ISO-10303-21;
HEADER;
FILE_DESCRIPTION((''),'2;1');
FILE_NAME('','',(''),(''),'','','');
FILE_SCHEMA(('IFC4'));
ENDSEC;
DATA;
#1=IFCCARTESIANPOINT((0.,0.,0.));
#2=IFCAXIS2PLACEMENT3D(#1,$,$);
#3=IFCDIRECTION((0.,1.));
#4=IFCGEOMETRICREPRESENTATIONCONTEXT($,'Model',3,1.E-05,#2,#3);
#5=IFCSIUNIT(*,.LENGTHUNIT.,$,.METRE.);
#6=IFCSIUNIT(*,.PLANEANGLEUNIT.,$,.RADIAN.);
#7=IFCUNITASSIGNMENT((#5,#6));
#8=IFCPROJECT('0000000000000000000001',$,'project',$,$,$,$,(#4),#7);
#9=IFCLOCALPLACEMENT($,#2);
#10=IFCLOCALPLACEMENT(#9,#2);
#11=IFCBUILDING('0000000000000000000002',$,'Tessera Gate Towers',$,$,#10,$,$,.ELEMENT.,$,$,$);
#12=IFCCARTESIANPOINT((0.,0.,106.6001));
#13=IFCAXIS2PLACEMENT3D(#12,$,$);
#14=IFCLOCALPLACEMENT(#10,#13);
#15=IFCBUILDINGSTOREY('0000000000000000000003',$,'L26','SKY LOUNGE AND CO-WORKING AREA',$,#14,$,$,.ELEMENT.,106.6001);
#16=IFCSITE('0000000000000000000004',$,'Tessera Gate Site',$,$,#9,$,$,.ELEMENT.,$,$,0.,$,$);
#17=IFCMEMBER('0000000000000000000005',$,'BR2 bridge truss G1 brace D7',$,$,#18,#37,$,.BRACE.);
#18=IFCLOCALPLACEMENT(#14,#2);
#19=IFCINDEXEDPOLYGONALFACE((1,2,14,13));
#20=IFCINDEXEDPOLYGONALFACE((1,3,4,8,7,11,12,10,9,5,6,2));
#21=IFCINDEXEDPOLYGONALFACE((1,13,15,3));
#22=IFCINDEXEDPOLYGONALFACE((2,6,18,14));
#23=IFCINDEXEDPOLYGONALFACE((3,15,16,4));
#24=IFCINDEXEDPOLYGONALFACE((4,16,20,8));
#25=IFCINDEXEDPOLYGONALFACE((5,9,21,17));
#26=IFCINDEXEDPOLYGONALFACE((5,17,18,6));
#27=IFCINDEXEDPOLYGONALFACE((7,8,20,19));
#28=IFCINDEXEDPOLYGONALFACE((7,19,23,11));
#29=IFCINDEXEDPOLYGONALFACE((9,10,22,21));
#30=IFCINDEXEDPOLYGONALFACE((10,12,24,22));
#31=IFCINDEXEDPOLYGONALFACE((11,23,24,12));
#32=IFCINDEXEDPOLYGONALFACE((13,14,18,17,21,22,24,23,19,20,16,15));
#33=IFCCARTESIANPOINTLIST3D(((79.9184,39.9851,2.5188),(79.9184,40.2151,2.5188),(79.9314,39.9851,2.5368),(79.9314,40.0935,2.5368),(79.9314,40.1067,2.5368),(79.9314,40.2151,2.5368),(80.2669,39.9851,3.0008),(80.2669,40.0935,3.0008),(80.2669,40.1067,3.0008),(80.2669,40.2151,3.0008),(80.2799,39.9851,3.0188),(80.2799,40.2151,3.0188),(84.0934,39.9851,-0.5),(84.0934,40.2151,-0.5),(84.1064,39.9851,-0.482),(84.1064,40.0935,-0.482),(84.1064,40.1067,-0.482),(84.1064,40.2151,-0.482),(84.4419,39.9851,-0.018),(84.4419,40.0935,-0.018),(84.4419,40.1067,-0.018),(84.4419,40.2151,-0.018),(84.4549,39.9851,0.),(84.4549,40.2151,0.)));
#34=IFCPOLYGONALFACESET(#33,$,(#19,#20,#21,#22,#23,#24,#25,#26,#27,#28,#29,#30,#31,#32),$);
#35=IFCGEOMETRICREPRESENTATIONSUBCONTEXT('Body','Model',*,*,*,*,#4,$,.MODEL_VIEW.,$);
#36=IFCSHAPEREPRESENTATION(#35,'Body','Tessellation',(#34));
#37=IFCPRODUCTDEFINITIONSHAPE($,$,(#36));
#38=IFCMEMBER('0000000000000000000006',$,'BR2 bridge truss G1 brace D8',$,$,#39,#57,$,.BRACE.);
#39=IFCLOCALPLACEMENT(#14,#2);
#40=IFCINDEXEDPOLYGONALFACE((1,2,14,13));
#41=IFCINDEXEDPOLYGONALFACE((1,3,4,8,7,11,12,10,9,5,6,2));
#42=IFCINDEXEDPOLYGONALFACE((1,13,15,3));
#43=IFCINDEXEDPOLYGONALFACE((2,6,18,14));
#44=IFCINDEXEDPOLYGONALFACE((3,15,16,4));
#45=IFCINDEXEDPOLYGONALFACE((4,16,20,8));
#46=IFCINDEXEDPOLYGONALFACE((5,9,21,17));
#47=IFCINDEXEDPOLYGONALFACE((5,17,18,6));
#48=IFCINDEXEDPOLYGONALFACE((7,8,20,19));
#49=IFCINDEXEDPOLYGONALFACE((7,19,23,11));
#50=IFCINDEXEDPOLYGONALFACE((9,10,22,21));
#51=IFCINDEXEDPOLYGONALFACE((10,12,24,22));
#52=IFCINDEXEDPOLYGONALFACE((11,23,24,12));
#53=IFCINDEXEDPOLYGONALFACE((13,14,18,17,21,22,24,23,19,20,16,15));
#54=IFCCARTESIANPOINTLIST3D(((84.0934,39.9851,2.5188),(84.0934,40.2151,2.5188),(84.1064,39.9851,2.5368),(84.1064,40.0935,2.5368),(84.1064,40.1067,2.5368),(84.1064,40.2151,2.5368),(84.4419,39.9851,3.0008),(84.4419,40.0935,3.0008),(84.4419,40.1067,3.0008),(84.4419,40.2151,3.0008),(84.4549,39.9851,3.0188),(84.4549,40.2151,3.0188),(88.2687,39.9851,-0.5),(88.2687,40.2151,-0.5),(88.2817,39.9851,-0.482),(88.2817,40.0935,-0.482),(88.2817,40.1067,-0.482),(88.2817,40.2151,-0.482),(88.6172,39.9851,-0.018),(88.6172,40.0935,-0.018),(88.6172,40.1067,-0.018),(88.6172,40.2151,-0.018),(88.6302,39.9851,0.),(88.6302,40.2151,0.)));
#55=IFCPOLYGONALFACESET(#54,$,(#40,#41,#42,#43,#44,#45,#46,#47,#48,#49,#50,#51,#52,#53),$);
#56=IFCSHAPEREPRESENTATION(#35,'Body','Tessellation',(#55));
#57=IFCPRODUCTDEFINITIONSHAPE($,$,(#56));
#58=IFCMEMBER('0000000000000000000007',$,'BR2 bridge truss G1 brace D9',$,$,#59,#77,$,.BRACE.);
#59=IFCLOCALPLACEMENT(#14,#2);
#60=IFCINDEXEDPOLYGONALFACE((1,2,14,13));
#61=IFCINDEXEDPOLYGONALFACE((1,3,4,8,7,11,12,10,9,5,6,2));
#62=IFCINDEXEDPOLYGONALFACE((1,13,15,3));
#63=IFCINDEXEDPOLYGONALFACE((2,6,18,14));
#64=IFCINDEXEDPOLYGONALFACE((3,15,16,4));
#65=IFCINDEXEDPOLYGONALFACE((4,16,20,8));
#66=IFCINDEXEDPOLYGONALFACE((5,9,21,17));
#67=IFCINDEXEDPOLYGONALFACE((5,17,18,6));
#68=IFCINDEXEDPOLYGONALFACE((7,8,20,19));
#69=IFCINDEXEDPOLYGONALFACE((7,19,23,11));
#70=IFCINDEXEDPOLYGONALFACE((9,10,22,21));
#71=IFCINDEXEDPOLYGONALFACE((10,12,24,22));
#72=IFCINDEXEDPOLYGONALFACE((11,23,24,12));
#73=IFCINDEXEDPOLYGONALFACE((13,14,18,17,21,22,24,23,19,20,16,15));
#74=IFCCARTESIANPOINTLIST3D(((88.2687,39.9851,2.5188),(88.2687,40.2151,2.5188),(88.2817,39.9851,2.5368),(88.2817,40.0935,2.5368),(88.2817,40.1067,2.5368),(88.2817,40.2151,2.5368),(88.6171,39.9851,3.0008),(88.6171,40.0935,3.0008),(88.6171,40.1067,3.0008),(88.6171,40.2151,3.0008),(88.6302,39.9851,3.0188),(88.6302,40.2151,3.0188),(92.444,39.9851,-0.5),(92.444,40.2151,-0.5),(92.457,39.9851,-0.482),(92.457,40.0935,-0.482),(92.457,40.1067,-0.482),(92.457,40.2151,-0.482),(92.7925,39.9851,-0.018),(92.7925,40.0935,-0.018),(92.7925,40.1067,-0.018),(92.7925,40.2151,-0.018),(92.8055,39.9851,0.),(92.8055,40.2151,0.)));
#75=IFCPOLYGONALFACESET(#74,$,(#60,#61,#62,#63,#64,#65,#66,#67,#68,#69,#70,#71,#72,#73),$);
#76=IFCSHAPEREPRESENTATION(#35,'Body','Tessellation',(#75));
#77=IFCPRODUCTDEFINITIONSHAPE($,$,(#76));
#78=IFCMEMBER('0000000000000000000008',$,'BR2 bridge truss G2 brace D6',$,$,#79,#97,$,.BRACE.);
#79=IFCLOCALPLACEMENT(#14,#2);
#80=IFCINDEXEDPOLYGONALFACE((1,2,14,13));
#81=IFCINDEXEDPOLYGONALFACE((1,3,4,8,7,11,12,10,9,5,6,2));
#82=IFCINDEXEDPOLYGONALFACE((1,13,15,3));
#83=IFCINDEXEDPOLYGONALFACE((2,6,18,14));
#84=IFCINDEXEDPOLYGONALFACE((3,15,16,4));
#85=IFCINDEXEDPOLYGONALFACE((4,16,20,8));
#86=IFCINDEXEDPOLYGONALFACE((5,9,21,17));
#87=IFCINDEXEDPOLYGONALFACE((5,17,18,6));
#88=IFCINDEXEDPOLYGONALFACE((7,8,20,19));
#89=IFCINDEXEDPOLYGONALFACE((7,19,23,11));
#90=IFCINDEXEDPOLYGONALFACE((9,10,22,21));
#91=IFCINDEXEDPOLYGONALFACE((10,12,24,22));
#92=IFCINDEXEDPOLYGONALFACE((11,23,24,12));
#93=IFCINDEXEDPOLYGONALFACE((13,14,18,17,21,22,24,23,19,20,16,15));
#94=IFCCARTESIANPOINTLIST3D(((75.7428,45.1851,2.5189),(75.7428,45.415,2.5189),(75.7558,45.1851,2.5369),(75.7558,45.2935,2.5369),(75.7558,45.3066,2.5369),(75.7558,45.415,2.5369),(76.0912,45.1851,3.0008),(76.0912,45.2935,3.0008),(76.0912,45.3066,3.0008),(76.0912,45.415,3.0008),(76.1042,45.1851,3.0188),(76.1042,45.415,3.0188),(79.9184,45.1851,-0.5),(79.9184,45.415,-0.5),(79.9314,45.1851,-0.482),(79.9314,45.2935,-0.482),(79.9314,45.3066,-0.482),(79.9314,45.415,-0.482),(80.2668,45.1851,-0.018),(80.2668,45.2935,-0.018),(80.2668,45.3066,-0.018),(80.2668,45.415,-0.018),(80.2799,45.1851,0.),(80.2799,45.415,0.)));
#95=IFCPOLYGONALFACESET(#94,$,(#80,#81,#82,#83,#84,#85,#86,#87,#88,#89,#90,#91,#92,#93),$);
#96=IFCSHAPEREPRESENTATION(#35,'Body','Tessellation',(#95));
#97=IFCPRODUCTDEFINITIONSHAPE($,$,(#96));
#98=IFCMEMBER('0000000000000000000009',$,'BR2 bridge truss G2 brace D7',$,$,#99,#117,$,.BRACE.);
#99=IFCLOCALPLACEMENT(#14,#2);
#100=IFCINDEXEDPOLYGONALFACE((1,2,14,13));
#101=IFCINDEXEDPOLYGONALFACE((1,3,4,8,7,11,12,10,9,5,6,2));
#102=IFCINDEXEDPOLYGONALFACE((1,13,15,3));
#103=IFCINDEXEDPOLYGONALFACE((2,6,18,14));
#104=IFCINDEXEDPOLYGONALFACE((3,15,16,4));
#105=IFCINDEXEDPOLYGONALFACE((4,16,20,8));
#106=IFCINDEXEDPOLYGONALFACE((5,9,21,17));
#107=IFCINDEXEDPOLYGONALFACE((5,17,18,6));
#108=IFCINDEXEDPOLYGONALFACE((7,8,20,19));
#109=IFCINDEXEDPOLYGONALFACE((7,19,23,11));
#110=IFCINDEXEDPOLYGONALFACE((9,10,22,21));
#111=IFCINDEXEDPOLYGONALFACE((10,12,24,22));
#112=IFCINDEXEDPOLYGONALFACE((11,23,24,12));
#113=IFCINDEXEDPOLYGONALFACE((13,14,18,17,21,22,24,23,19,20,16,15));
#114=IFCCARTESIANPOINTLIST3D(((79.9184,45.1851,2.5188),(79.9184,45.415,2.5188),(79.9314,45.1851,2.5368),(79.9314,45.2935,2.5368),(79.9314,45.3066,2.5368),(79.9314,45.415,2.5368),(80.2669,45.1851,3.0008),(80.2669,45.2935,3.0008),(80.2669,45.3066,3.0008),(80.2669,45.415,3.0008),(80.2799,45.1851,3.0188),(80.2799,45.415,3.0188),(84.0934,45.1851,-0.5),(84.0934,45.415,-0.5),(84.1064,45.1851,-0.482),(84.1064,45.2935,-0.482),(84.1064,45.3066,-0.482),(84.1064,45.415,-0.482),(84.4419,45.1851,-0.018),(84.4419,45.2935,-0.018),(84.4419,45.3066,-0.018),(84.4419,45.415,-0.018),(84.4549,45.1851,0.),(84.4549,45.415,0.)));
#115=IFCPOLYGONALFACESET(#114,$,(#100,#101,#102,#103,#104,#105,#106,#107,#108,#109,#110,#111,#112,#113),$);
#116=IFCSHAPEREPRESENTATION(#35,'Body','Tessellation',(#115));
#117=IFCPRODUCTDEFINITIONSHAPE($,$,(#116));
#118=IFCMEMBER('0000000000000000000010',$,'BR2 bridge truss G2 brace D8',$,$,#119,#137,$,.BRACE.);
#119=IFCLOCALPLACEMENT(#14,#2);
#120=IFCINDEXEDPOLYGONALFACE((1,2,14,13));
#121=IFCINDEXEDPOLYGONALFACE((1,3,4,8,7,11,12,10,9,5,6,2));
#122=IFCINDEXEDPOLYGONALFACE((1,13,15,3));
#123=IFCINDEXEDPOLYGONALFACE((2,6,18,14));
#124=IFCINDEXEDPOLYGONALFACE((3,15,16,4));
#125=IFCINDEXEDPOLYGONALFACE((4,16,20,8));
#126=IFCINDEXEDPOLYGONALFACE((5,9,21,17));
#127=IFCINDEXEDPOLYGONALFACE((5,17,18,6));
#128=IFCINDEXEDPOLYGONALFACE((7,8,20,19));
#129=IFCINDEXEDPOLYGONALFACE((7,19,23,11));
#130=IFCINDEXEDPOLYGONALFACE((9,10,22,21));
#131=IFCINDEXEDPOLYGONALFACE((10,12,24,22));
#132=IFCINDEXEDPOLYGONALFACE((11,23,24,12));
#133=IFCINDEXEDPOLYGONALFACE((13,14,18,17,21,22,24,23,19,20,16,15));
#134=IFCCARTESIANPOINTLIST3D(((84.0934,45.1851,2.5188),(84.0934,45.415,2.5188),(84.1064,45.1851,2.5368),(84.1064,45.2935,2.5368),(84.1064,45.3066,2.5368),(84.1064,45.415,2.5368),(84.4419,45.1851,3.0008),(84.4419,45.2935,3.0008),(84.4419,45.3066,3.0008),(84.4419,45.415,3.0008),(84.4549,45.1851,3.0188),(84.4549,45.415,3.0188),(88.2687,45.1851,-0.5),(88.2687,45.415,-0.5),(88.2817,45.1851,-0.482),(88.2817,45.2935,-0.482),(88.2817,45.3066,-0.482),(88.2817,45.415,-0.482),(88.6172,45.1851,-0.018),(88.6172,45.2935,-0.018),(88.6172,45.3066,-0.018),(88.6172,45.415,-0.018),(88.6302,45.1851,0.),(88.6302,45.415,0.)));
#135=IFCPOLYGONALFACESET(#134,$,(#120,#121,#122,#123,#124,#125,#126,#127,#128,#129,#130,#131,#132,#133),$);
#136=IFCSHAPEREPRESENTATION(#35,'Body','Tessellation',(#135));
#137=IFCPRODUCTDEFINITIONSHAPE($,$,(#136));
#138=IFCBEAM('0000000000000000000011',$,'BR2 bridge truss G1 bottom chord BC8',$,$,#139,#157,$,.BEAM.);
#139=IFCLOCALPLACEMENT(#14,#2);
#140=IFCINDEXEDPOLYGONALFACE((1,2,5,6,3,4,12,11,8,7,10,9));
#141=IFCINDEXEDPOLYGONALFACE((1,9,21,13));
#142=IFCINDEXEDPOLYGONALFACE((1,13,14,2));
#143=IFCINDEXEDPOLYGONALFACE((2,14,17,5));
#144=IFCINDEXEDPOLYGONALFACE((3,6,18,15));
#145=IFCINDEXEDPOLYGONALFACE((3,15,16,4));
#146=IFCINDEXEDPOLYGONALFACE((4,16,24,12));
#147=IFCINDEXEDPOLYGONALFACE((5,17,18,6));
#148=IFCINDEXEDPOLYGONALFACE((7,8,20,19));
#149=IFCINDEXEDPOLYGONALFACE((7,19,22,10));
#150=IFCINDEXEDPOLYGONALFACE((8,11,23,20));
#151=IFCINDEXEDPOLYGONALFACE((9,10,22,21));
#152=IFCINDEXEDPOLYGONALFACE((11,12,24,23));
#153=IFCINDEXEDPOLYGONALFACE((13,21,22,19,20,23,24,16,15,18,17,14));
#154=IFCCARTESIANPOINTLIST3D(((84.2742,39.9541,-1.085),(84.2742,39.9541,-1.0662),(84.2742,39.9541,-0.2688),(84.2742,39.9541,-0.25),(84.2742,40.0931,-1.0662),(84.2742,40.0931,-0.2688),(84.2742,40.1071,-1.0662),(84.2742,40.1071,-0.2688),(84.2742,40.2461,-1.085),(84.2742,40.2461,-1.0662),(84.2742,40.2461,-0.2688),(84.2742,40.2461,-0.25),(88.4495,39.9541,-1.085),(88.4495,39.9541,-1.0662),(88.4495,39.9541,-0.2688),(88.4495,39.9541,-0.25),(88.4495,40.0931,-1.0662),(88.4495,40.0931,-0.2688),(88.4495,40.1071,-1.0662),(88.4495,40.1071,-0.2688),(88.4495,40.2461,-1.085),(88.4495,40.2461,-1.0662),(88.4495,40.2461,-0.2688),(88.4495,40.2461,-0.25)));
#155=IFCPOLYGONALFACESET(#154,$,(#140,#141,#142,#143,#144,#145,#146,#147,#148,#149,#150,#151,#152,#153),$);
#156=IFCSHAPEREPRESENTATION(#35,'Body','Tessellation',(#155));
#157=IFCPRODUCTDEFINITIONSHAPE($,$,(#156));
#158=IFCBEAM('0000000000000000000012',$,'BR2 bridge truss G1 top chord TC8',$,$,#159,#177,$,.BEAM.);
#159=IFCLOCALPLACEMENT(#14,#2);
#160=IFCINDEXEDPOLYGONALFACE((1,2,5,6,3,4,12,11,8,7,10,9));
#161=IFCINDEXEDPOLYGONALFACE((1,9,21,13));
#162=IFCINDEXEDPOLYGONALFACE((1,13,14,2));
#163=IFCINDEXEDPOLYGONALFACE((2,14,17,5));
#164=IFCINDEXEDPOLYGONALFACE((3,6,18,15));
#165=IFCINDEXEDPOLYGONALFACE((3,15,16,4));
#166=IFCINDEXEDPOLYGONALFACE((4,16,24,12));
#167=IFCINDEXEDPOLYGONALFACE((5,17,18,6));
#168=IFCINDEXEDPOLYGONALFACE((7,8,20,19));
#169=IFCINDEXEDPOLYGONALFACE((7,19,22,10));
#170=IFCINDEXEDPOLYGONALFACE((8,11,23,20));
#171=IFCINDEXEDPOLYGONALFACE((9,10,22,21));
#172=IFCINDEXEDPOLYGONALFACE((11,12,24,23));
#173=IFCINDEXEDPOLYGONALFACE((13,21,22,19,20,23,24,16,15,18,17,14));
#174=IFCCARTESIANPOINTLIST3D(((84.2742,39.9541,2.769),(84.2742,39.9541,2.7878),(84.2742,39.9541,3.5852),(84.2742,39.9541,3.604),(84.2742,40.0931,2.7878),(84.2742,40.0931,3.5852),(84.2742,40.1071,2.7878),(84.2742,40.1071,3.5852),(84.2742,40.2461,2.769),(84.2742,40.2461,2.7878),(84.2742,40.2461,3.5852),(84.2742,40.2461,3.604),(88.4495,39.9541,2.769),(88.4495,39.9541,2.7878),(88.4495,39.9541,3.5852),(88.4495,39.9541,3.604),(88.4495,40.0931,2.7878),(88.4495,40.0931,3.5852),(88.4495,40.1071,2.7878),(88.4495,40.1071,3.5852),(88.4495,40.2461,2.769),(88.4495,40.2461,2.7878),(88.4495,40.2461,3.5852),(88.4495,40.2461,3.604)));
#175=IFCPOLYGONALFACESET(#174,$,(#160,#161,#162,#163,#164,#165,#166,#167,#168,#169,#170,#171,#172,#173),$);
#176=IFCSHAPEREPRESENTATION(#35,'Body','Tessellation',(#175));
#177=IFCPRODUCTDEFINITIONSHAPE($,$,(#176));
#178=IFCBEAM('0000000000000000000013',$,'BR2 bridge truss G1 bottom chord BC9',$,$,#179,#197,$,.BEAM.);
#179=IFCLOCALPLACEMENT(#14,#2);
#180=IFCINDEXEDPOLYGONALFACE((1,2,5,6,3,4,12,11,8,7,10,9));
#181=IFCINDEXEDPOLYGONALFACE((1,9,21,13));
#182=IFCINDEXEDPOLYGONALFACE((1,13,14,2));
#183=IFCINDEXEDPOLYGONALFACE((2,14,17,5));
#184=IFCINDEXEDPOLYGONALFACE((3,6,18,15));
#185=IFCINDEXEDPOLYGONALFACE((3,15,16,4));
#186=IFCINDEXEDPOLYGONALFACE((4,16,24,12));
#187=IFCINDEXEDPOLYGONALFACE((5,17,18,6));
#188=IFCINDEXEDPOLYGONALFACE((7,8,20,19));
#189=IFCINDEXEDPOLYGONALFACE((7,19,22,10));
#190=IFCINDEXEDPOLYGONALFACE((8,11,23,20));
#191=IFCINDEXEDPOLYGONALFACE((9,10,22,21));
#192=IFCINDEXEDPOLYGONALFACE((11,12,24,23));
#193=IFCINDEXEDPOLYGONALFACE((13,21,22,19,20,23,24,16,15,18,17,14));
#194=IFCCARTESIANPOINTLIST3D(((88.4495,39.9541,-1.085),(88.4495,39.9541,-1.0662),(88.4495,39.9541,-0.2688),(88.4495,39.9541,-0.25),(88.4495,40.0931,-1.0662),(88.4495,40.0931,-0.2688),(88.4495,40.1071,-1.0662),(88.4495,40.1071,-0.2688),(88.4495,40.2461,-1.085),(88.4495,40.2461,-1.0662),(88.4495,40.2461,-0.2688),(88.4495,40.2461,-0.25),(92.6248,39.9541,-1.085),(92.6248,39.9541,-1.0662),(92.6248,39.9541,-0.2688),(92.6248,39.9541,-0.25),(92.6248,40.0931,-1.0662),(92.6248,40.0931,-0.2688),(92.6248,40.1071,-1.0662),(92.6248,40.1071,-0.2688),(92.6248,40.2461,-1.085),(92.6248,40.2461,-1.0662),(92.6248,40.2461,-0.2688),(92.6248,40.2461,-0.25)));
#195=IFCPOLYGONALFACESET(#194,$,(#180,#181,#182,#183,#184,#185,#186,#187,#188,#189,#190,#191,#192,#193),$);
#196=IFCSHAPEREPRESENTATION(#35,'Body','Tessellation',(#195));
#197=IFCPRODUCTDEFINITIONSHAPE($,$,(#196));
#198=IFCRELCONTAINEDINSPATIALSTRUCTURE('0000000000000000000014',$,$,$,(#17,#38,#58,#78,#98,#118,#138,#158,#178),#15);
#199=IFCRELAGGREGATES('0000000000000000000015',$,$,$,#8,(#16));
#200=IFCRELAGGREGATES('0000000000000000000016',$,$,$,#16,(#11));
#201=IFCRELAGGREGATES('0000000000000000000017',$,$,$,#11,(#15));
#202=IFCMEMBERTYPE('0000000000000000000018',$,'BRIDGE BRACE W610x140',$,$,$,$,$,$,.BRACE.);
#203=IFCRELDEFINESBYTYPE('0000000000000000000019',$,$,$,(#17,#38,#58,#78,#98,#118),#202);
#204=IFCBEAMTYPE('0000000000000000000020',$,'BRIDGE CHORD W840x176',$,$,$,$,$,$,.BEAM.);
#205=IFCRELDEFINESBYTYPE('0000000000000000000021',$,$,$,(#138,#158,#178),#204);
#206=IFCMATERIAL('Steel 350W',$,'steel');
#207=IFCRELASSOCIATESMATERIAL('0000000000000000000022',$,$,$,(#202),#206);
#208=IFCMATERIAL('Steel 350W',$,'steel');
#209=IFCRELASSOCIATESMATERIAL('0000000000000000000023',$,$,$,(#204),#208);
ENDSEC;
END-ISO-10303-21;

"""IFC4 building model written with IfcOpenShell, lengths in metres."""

from ifc_helpers import new_model, si_unit, direction, frame, origin, origin_2d, place, context, subcontext, project, spatial, i_section, extrude, material, material_profile, profile_set, type_object, element, save


model = new_model("IFC4")

# Units and contexts
model_context = context("Model", 3, precision=1e-05, world=origin(), true_north=direction((0.0, 1.0)))
body_context = subcontext(model_context, "Body", "Model", "MODEL_VIEW")
ifc_project = project(units=[si_unit("LENGTHUNIT", "METRE"), si_unit("PLANEANGLEUNIT", "RADIAN")], contexts=[model_context])

# Site, building, storey
site_placement = place(None, origin())
site = spatial("IfcSite", under=ifc_project, at=site_placement, Name="Tessera Gate Site", CompositionType="ELEMENT", RefElevation=0.0)
building_placement = place(site_placement, origin())
building = spatial("IfcBuilding", under=site, at=building_placement, Name="Tessera Gate Towers", CompositionType="ELEMENT")
storey_placement = place(building_placement, frame((0.0, 0.0, 106.6001)))
storey = spatial("IfcBuildingStorey", under=building, at=storey_placement, Name="L26", Description="SKY LOUNGE AND CO-WORKING AREA", CompositionType="ELEMENT", Elevation=106.6001)

# Members
ifc_material_1 = material(Name="Steel 350W", Category="steel")
ifc_material_profile_1 = material_profile(ifc_material_1, i_section(OverallWidth=0.23, OverallDepth=0.6169, WebThickness=0.0132, FlangeThickness=0.0222, at=origin_2d()), Name="W610x140")
ifc_profile_set_1 = profile_set([ifc_material_profile_1], Name="Steel 350W")
member_type_1 = type_object("IfcMemberType", Name="BRIDGE BRACE W610x140", PredefinedType="BRACE", material=ifc_profile_set_1)
member_1_placement = place(storey_placement, frame((84.2742, 40.1001, -0.25), z_axis=(-0.810358, 0.0, 0.585935), x_axis=(0.0, -1.0, 0.0)))
element("IfcMember", 1, at=member_1_placement, inside=storey, type_object=member_type_1, Name="BR2 bridge truss G1 brace D7", PredefinedType="BRACE", context=body_context, shape_type="SweptSolid", body=[
    extrude(i_section(OverallWidth=0.23, OverallDepth=0.6169, WebThickness=0.0132, FlangeThickness=0.0222, at=origin_2d()), origin(), (0.0, 0.0, 1.0), 5.1521),
])
for number, where, z_axis, x_axis, name in (
    (2, (88.4495, 40.1001, -0.25), (-0.810374, 0.0, 0.585913), (0.0, -1.0, 0.0), "BR2 bridge truss G1 brace D8"),
    (3, (92.6248, 40.1001, -0.25), (-0.810374, 0.0, 0.585913), (0.0, -1.0, 0.0), "BR2 bridge truss G1 brace D9"),
):
    element("IfcMember", number, at=place(storey_placement, frame(where, z_axis=z_axis, x_axis=x_axis)), inside=storey, type_object=member_type_1, Name=name, PredefinedType="BRACE", context=body_context, shape_type="SweptSolid", body=[
        extrude(i_section(OverallWidth=0.23, OverallDepth=0.6169, WebThickness=0.0132, FlangeThickness=0.0222, at=origin_2d()), origin(), (0.0, 0.0, 1.0), 5.1523),
    ])
member_2_placement = place(storey_placement, frame((80.0991, 45.3, -0.25), z_axis=(-0.810391, 0.0, 0.58589), x_axis=(0.0, -1.0, 0.0)))
element("IfcMember", 4, at=member_2_placement, inside=storey, type_object=member_type_1, Name="BR2 bridge truss G2 brace D6", PredefinedType="BRACE", context=body_context, shape_type="SweptSolid", body=[
    extrude(i_section(OverallWidth=0.23, OverallDepth=0.6169, WebThickness=0.0132, FlangeThickness=0.0222, at=origin_2d()), origin(), (0.0, 0.0, 1.0), 5.1526),
])
member_3_placement = place(storey_placement, frame((84.2742, 45.3, -0.25), z_axis=(-0.810358, 0.0, 0.585935), x_axis=(0.0, -1.0, 0.0)))
element("IfcMember", 5, at=member_3_placement, inside=storey, type_object=member_type_1, Name="BR2 bridge truss G2 brace D7", PredefinedType="BRACE", context=body_context, shape_type="SweptSolid", body=[
    extrude(i_section(OverallWidth=0.23, OverallDepth=0.6169, WebThickness=0.0132, FlangeThickness=0.0222, at=origin_2d()), origin(), (0.0, 0.0, 1.0), 5.1521),
])
member_4_placement = place(storey_placement, frame((88.4495, 45.3, -0.25), z_axis=(-0.810374, 0.0, 0.585913), x_axis=(0.0, -1.0, 0.0)))
element("IfcMember", 6, at=member_4_placement, inside=storey, type_object=member_type_1, Name="BR2 bridge truss G2 brace D8", PredefinedType="BRACE", context=body_context, shape_type="SweptSolid", body=[
    extrude(i_section(OverallWidth=0.23, OverallDepth=0.6169, WebThickness=0.0132, FlangeThickness=0.0222, at=origin_2d()), origin(), (0.0, 0.0, 1.0), 5.1523),
])

# Beams
ifc_material_2 = material(Name="Steel 350W", Category="steel")
ifc_material_profile_2 = material_profile(ifc_material_2, i_section(OverallWidth=0.292, OverallDepth=0.835, WebThickness=0.0139, FlangeThickness=0.0188, at=origin_2d()), Name="W840x176")
ifc_profile_set_2 = profile_set([ifc_material_profile_2], Name="Steel 350W")
beam_type_1 = type_object("IfcBeamType", Name="BRIDGE CHORD W840x176", PredefinedType="BEAM", material=ifc_profile_set_2)
for number, where, z_axis, x_axis, name in (
    (7, (84.2742, 40.1001, -0.6675), (1.0, 0.0, 0.0), (0.0, 1.0, 0.0), "BR2 bridge truss G1 bottom chord BC8"),
    (8, (84.2742, 40.1001, 3.1865), (1.0, 0.0, 0.0), (0.0, 1.0, 0.0), "BR2 bridge truss G1 top chord TC8"),
    (9, (88.4495, 40.1001, -0.6675), (1.0, 0.0, 0.0), (0.0, 1.0, 0.0), "BR2 bridge truss G1 bottom chord BC9"),
):
    element("IfcBeam", number, at=place(storey_placement, frame(where, z_axis=z_axis, x_axis=x_axis)), inside=storey, type_object=beam_type_1, Name=name, PredefinedType="BEAM", context=body_context, shape_type="SweptSolid", body=[
        extrude(i_section(OverallWidth=0.292, OverallDepth=0.835, WebThickness=0.0139, FlangeThickness=0.0188, at=origin_2d()), origin(), (0.0, 0.0, 1.0), 4.1753),
    ])

save(model, "model.ifc")
